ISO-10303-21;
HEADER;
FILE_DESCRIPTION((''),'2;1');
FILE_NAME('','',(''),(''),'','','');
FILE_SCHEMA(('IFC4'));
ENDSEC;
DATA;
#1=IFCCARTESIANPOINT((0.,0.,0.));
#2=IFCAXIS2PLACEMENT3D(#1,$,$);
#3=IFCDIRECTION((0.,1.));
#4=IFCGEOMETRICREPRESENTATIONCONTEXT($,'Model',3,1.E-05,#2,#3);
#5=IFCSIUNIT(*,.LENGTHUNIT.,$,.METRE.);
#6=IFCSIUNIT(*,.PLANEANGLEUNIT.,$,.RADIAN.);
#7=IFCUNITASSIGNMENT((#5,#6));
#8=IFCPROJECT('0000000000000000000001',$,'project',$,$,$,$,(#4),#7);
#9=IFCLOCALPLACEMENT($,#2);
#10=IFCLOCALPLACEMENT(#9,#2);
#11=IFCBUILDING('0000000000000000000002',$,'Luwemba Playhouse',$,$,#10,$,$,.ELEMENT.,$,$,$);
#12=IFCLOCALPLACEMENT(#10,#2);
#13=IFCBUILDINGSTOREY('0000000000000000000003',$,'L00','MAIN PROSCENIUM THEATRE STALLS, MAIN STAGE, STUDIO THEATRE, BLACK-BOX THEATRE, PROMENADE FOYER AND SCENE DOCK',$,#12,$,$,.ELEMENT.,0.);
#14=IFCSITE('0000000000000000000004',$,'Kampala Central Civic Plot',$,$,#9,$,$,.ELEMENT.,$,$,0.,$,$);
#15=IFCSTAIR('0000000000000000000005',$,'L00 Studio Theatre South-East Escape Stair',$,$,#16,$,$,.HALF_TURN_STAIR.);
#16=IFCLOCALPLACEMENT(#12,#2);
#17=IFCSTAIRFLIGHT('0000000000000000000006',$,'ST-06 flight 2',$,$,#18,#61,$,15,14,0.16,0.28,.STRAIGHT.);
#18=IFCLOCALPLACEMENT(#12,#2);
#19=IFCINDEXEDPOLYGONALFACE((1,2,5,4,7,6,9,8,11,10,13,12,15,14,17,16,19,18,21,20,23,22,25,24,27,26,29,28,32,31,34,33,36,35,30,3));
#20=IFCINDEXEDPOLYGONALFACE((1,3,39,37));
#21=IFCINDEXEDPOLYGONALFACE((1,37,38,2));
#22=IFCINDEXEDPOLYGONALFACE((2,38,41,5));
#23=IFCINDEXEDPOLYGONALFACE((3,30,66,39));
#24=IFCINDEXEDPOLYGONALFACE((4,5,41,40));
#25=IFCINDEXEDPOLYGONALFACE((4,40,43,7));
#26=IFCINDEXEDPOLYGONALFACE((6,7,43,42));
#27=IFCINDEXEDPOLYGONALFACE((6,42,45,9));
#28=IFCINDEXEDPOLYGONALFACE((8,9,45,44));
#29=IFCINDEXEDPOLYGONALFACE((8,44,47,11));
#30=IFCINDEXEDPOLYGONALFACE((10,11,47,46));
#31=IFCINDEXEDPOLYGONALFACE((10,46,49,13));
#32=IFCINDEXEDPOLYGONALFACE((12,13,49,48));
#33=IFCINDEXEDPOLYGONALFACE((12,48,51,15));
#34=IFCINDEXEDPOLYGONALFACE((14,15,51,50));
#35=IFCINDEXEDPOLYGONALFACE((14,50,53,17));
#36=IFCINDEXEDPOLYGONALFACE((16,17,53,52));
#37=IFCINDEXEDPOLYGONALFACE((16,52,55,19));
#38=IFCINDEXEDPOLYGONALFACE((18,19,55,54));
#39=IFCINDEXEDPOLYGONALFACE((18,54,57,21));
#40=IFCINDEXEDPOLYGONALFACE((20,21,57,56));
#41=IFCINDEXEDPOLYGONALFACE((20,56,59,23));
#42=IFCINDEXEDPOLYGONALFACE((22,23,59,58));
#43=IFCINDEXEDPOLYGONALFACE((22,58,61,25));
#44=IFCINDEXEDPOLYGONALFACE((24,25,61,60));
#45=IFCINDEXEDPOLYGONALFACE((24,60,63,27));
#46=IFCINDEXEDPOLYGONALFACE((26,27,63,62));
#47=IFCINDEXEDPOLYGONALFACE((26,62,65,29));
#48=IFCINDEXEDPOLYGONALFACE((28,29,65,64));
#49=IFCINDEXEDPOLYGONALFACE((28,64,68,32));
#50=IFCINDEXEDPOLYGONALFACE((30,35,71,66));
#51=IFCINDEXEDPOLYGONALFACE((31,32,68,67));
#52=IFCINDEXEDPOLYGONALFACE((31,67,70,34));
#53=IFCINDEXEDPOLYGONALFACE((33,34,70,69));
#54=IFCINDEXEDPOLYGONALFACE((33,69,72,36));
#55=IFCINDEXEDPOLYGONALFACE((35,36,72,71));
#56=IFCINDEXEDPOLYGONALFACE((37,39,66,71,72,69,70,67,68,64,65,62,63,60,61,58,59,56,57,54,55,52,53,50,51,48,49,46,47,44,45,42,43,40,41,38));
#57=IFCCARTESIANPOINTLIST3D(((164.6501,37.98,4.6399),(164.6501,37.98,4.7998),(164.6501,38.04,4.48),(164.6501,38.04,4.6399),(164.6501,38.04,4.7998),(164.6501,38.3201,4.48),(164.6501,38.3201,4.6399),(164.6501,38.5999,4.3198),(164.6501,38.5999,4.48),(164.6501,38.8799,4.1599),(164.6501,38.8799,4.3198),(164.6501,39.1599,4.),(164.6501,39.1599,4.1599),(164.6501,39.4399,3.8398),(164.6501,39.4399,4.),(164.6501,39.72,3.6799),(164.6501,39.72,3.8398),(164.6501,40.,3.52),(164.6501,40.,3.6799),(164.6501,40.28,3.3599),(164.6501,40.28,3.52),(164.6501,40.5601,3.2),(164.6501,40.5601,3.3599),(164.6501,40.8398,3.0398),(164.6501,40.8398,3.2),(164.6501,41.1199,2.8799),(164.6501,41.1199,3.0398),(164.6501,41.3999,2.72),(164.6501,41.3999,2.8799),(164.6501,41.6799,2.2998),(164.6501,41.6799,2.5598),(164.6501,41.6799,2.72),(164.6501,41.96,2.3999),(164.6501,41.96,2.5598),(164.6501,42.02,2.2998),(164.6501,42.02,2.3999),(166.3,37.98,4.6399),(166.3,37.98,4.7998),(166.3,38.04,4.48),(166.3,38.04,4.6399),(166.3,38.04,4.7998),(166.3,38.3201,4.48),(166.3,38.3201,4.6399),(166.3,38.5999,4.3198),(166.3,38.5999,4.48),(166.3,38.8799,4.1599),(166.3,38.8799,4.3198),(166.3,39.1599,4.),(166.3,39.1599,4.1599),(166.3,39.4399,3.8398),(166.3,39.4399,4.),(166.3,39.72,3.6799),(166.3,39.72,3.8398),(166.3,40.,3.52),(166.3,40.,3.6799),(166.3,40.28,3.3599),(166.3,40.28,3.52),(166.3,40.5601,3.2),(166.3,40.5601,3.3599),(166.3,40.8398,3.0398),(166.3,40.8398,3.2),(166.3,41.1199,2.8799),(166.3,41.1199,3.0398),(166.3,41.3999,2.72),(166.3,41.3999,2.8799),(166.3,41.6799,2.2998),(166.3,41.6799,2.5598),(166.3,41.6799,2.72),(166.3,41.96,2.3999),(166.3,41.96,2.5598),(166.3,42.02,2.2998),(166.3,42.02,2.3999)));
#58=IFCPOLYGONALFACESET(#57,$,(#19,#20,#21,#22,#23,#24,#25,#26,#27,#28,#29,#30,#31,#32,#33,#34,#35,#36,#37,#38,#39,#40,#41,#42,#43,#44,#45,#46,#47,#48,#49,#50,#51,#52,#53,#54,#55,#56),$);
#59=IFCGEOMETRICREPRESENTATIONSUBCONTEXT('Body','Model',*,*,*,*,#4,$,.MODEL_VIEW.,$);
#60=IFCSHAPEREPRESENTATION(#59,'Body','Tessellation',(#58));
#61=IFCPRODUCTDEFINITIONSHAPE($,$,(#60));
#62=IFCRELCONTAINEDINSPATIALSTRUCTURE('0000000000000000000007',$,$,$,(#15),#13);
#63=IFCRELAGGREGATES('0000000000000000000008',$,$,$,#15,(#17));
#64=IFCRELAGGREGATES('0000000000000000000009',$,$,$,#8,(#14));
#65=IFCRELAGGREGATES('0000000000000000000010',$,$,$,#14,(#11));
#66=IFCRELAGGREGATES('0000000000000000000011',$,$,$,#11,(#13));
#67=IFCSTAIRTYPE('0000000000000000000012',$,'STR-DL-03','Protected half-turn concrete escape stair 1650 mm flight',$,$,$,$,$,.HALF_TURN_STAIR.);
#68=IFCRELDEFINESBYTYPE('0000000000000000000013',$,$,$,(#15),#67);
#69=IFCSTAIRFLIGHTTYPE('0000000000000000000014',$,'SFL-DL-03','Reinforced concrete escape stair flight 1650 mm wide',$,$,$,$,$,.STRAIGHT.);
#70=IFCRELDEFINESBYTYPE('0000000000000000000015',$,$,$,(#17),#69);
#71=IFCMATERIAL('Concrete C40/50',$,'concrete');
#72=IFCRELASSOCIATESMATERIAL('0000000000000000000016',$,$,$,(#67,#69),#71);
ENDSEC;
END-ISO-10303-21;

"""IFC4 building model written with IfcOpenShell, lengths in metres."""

from ifc_helpers import new_model, si_unit, direction, frame, origin, place, context, subcontext, project, spatial, polyline, outline, extrude, material, type_object, element, aggregate, save


model = new_model("IFC4")

# Units and contexts
model_context = context("Model", 3, precision=1e-05, world=origin(), true_north=direction((0.0, 1.0)))
body_context = subcontext(model_context, "Body", "Model", "MODEL_VIEW")
ifc_project = project(units=[si_unit("LENGTHUNIT", "METRE"), si_unit("PLANEANGLEUNIT", "RADIAN")], contexts=[model_context])

# Site, building, storey
site_placement = place(None, origin())
site = spatial("IfcSite", under=ifc_project, at=site_placement, Name="Kampala Central Civic Plot", CompositionType="ELEMENT", RefElevation=0.0)
building_placement = place(site_placement, origin())
building = spatial("IfcBuilding", under=site, at=building_placement, Name="Luwemba Playhouse", CompositionType="ELEMENT")
storey_placement = place(building_placement, origin())
storey = spatial("IfcBuildingStorey", under=building, at=storey_placement, Name="L00", Description="MAIN PROSCENIUM THEATRE STALLS, MAIN STAGE, STUDIO THEATRE, BLACK-BOX THEATRE, PROMENADE FOYER AND SCENE DOCK", CompositionType="ELEMENT", Elevation=0.0)

# Shared definitions
ifc_material_1 = material(Name="Concrete C40/50", Category="concrete")

# Stair, stair flight
stair_type = type_object("IfcStairType", Name="STR-DL-03", Description="Protected half-turn concrete escape stair 1650 mm flight", PredefinedType="HALF_TURN_STAIR", material=ifc_material_1)
stair_placement = place(storey_placement, origin())
stair = element("IfcStair", 1, at=stair_placement, inside=storey, type_object=stair_type, Name="L00 Studio Theatre South-East Escape Stair", PredefinedType="HALF_TURN_STAIR")
stair_flight_type = type_object("IfcStairFlightType", Name="SFL-DL-03", Description="Reinforced concrete escape stair flight 1650 mm wide", PredefinedType="STRAIGHT", material=ifc_material_1)
stair_flight_1_placement = place(storey_placement, frame((165.4751, 41.96, 2.3999), z_axis=(0.0, 0.0, 1.0), x_axis=(0.0, -1.0, 0.0)))
stair_flight_1 = element("IfcStairFlight", 2, at=stair_flight_1_placement, type_object=stair_flight_type, Name="ST-06 flight 2", NumberOfRisers=15, NumberOfTreads=14, PredefinedType="STRAIGHT", RiserHeight=0.16, TreadLength=0.28, context=body_context, shape_type="SweptSolid", body=[
    extrude(outline(polyline([(-0.0601, -0.1001), (-0.0601, 0.0), (0.0, 0.0), (0.0, 0.1599), (0.28, 0.1599), (0.28, 0.3201), (0.5601, 0.3201), (0.5601, 0.48), (0.8401, 0.48), (0.8401, 0.6399), (1.1201, 0.6399), (1.1201, 0.8), (1.3999, 0.8), (1.3999, 0.96), (1.6799, 0.96), (1.6799, 1.1201), (1.96, 1.1201), (1.96, 1.28), (2.24, 1.28), (2.24, 1.4399), (2.52, 1.4399), (2.52, 1.6001), (2.8, 1.6001), (2.8, 1.76), (3.0801, 1.76), (3.0801, 1.9199), (3.3601, 1.9199), (3.3601, 2.0801), (3.6399, 2.0801), (3.6399, 2.24), (3.9199, 2.24), (3.9199, 2.3999), (3.98, 2.3999), (3.98, 2.24), (3.9199, 2.0801), (0.28, -0.1001), (-0.0601, -0.1001)])), frame((0.0, 0.825, 0.0), z_axis=(0.0, -1.0, 0.0), x_axis=(1.0, 0.0, 0.0)), (0.0, 0.0, 1.0), 1.6499),
])
aggregate(stair, [stair_flight_1])

save(model, "model.ifc")
